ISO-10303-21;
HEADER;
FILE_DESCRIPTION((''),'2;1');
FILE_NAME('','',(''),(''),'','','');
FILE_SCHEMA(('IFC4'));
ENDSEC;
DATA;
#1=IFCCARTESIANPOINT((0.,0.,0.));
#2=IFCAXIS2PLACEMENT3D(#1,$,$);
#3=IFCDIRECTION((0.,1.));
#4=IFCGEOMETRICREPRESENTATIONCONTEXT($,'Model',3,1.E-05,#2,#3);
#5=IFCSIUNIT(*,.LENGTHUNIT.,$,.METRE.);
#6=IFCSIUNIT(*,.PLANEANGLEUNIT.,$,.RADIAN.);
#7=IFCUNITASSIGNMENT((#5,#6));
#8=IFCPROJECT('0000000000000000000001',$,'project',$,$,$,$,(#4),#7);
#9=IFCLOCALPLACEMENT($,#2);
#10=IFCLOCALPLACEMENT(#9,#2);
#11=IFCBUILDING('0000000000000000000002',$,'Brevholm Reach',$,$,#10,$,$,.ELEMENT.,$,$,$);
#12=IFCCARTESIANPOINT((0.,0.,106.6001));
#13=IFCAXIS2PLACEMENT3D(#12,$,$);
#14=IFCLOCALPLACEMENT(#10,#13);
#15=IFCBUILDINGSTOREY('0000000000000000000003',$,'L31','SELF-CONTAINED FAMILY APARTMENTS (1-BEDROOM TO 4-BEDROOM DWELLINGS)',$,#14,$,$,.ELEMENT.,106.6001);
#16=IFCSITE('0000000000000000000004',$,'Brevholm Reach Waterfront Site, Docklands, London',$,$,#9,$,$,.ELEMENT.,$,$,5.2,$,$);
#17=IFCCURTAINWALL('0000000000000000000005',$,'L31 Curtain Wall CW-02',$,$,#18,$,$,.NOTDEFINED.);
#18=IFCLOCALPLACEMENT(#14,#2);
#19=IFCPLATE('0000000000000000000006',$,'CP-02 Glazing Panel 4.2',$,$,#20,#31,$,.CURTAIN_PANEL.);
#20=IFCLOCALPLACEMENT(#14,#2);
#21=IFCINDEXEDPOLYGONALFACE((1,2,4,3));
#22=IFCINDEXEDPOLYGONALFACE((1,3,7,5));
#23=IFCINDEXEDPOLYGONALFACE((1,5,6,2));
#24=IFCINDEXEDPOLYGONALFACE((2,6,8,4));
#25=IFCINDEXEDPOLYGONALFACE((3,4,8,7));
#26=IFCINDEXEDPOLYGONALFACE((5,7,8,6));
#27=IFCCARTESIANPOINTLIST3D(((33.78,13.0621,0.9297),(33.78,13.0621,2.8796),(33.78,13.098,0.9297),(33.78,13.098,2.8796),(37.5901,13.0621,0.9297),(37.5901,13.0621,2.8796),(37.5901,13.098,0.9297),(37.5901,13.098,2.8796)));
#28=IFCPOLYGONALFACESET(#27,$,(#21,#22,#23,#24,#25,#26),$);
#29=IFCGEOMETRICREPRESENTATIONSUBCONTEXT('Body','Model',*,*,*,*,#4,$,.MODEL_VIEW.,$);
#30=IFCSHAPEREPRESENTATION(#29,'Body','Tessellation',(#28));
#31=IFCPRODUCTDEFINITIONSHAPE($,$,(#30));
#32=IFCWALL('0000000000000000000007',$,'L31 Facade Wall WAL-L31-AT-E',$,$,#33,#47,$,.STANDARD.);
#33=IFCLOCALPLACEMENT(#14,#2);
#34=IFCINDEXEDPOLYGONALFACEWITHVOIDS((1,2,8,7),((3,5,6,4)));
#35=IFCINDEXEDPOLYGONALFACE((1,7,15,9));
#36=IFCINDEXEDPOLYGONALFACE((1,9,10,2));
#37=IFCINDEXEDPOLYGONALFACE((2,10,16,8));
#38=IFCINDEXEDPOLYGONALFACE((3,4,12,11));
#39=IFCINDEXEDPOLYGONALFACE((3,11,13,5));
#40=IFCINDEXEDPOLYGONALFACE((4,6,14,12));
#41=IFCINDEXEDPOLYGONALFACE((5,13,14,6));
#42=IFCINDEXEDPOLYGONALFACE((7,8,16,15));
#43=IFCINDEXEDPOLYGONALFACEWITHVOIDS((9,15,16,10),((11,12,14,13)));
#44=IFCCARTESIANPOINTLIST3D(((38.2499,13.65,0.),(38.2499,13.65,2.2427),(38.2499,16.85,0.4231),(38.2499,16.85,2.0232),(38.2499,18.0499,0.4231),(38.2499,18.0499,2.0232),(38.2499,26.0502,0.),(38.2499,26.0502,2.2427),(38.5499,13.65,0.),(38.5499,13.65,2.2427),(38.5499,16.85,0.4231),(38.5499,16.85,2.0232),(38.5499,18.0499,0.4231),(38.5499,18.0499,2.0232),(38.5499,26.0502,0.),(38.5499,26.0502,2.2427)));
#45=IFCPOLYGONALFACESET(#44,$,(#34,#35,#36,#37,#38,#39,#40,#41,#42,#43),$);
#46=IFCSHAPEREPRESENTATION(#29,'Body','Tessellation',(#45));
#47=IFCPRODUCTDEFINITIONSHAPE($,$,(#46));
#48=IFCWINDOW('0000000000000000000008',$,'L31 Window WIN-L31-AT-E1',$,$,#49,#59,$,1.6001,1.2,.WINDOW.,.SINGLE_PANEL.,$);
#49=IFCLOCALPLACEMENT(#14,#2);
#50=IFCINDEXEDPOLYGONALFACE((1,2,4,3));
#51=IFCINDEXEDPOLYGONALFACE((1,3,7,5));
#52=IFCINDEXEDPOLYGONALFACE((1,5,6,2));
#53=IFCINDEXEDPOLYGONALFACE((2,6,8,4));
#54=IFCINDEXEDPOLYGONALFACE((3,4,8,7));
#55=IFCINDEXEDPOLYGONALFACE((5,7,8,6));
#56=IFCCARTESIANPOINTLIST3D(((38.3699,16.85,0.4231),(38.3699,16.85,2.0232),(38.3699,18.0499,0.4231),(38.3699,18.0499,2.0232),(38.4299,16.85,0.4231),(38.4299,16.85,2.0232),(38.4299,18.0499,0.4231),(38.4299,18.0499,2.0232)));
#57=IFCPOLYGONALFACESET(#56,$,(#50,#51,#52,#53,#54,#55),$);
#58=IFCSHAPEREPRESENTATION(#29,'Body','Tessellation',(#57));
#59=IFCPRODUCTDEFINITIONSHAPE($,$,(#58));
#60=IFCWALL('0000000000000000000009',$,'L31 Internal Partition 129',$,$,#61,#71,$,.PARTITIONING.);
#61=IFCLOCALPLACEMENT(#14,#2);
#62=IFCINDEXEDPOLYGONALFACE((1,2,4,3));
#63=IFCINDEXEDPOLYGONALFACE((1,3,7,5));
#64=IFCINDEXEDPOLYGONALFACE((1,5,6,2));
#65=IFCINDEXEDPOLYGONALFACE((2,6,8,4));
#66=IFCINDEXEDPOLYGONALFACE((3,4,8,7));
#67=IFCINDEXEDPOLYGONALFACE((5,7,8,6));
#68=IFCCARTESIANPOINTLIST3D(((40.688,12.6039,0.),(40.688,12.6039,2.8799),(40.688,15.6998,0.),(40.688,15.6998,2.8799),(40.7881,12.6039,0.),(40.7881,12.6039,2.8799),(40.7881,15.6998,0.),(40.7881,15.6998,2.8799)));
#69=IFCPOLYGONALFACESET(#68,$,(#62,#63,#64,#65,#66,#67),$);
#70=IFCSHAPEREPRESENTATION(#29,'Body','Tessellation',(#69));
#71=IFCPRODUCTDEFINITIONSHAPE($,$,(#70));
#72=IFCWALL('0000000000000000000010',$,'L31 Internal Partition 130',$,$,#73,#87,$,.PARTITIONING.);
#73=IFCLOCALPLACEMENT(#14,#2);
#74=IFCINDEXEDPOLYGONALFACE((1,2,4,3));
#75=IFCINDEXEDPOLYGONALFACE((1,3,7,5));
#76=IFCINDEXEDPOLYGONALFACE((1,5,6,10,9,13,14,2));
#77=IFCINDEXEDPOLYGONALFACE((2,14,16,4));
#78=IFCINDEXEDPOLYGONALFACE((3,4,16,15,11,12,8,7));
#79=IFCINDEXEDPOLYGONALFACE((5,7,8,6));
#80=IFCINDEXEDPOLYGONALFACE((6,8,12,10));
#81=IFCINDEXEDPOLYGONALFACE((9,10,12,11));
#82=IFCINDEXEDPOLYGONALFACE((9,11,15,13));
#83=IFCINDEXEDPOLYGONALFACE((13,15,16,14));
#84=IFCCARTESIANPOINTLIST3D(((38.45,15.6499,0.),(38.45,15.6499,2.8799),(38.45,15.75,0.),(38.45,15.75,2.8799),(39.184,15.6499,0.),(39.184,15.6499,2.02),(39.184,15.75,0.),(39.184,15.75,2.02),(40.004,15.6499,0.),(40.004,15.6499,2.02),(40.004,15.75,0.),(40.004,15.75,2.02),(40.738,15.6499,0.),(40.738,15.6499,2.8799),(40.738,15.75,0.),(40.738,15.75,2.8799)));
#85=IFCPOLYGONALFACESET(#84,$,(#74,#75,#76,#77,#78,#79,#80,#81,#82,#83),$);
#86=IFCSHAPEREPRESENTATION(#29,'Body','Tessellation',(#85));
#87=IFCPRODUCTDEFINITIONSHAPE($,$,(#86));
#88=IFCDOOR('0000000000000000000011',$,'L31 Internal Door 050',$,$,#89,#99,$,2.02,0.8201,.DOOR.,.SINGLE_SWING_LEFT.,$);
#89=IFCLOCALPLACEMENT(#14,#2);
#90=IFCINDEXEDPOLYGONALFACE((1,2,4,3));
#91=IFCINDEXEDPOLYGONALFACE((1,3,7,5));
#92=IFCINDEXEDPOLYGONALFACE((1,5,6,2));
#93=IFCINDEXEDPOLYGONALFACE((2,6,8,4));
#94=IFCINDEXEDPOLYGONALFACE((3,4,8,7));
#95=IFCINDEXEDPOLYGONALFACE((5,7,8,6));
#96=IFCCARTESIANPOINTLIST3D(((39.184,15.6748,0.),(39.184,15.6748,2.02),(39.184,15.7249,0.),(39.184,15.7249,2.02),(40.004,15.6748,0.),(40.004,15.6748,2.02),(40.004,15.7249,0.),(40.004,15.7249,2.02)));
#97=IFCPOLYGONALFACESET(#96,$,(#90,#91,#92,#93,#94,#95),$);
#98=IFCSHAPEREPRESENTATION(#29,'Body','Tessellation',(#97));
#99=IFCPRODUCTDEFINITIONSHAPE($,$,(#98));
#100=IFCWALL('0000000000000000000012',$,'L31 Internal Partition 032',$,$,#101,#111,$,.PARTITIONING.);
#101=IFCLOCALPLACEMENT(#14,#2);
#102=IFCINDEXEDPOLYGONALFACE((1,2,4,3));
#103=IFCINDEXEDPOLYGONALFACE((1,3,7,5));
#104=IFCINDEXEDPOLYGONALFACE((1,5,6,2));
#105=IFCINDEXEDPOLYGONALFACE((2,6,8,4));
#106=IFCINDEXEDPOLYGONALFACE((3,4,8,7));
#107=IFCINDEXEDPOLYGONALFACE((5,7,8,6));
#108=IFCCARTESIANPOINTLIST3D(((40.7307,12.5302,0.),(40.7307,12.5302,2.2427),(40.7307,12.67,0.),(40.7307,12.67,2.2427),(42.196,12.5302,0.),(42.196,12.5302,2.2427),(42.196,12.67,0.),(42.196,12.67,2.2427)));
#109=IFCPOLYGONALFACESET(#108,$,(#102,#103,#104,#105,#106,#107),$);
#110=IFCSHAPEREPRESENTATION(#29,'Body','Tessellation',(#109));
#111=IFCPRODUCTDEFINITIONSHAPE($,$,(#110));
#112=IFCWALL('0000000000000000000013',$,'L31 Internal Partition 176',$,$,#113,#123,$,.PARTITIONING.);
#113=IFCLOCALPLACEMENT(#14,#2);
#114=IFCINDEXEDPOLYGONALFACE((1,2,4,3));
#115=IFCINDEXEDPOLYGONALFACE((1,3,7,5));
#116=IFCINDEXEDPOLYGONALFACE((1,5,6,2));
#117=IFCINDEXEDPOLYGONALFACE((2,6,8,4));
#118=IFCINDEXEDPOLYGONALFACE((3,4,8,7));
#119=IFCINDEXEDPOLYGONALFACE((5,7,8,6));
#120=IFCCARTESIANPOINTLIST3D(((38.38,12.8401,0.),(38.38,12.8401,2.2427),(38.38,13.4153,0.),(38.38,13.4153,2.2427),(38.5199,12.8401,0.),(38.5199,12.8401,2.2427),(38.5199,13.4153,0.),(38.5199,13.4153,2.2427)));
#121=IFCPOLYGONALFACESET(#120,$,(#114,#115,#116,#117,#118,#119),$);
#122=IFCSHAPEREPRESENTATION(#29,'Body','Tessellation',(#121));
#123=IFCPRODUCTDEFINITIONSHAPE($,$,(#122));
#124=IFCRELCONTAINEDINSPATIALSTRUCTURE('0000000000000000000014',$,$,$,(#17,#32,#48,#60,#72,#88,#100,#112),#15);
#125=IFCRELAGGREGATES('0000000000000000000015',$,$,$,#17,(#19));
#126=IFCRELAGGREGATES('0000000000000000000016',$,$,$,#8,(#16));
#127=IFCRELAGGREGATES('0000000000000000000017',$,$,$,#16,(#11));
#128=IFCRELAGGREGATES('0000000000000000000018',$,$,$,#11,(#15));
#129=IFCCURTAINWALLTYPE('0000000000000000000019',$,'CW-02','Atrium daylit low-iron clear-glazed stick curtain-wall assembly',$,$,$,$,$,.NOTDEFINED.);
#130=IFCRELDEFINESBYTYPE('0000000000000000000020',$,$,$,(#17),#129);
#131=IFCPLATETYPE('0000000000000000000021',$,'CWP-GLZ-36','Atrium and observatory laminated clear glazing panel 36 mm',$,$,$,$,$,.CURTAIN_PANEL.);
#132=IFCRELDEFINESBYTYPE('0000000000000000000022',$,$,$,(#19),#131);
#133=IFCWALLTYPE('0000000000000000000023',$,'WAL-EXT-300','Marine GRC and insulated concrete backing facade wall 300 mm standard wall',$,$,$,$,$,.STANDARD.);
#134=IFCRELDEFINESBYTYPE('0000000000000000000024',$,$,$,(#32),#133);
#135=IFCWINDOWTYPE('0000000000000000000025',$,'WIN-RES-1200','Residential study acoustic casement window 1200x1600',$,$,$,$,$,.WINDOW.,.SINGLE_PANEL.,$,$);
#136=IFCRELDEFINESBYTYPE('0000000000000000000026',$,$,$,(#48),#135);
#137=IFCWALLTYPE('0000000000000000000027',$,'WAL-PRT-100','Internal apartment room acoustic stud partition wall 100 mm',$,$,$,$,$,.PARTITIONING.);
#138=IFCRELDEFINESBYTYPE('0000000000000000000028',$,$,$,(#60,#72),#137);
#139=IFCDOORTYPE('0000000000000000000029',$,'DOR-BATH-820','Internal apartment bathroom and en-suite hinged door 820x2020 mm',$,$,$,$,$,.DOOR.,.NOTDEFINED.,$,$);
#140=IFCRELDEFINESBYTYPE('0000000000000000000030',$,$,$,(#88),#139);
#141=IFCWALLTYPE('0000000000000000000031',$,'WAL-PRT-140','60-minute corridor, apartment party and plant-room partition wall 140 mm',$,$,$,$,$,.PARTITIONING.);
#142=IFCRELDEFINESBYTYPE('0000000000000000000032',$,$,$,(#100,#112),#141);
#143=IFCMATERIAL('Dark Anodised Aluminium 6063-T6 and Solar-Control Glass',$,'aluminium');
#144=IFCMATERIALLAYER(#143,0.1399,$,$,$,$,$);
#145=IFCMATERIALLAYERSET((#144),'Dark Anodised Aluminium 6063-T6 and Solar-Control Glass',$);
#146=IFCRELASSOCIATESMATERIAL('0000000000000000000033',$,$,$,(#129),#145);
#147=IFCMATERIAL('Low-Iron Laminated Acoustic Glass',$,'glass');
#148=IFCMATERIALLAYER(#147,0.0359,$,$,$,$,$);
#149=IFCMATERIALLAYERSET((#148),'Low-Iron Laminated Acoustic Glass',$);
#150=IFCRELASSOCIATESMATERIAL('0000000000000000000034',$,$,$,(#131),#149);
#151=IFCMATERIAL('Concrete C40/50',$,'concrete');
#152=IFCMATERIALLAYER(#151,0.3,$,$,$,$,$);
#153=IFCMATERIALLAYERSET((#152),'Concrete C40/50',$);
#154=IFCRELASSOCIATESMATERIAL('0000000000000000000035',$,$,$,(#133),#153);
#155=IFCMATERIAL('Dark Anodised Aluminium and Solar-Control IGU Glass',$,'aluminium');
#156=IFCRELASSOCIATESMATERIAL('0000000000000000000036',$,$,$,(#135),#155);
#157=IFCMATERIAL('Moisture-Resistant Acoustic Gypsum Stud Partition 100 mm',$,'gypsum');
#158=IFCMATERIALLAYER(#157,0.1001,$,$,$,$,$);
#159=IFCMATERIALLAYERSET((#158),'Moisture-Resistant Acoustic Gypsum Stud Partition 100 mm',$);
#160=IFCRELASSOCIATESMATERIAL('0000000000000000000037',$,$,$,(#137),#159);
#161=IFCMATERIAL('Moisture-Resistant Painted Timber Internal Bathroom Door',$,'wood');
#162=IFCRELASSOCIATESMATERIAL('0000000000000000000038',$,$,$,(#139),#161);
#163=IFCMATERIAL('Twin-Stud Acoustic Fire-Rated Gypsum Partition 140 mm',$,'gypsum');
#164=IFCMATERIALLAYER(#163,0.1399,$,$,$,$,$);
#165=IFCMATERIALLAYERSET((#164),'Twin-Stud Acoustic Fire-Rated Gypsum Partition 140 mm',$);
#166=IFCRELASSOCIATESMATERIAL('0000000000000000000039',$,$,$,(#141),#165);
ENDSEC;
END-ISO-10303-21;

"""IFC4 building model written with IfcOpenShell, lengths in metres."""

from ifc_helpers import new_model, si_unit, direction, frame, frame_2d, origin, origin_2d, place, context, subcontext, project, spatial, rectangle, extrude, material, layer, layer_set, type_object, element, fill, aggregate, save


model = new_model("IFC4")

# Units and contexts
model_context = context("Model", 3, precision=1e-05, world=origin(), true_north=direction((0.0, 1.0)))
body_context = subcontext(model_context, "Body", "Model", "MODEL_VIEW")
ifc_project = project(units=[si_unit("LENGTHUNIT", "METRE"), si_unit("PLANEANGLEUNIT", "RADIAN")], contexts=[model_context])

# Site, building, storey
site_placement = place(None, origin())
site = spatial("IfcSite", under=ifc_project, at=site_placement, Name="Brevholm Reach Waterfront Site, Docklands, London", CompositionType="ELEMENT", RefElevation=5.2)
building_placement = place(site_placement, origin())
building = spatial("IfcBuilding", under=site, at=building_placement, Name="Brevholm Reach", CompositionType="ELEMENT")
storey_placement = place(building_placement, frame((0.0, 0.0, 106.6001)))
storey = spatial("IfcBuildingStorey", under=building, at=storey_placement, Name="L31", Description="SELF-CONTAINED FAMILY APARTMENTS (1-BEDROOM TO 4-BEDROOM DWELLINGS)", CompositionType="ELEMENT", Elevation=106.6001)

# Curtain wall, plate
ifc_material_1 = material(Name="Dark Anodised Aluminium 6063-T6 and Solar-Control Glass", Category="aluminium")
ifc_layer_1 = layer(ifc_material_1, 0.1399)
ifc_layer_set_1 = layer_set([ifc_layer_1], Name="Dark Anodised Aluminium 6063-T6 and Solar-Control Glass")
curtain_wall_type = type_object("IfcCurtainWallType", Name="CW-02", Description="Atrium daylit low-iron clear-glazed stick curtain-wall assembly", PredefinedType="NOTDEFINED", material=ifc_layer_set_1)
curtain_wall_placement = place(storey_placement, origin())
curtain_wall = element("IfcCurtainWall", 1, at=curtain_wall_placement, inside=storey, type_object=curtain_wall_type, Name="L31 Curtain Wall CW-02", PredefinedType="NOTDEFINED")
ifc_material_2 = material(Name="Low-Iron Laminated Acoustic Glass", Category="glass")
ifc_layer_2 = layer(ifc_material_2, 0.0359)
ifc_layer_set_2 = layer_set([ifc_layer_2], Name="Low-Iron Laminated Acoustic Glass")
plate_type = type_object("IfcPlateType", Name="CWP-GLZ-36", Description="Atrium and observatory laminated clear glazing panel 36 mm", PredefinedType="CURTAIN_PANEL", material=ifc_layer_set_2)
plate_1_placement = place(storey_placement, frame((35.6851, 13.0801, 0.9297), z_axis=(0.0, 0.0, 1.0), x_axis=(1.0, 0.0, 0.0)))
plate_1 = element("IfcPlate", 2, at=plate_1_placement, type_object=plate_type, Name="CP-02 Glazing Panel 4.2", PredefinedType="CURTAIN_PANEL", context=body_context, shape_type="SweptSolid", body=[
    extrude(rectangle(XDim=3.8101, YDim=0.0359, at=origin_2d()), origin(), (0.0, 0.0, 1.0), 1.95),
])
aggregate(curtain_wall, [plate_1])

# Wall, opening, window
ifc_material_3 = material(Name="Concrete C40/50", Category="concrete")
ifc_layer_3 = layer(ifc_material_3, 0.3)
ifc_layer_set_3 = layer_set([ifc_layer_3], Name="Concrete C40/50")
wall_type_1 = type_object("IfcWallType", Name="WAL-EXT-300", Description="Marine GRC and insulated concrete backing facade wall 300 mm standard wall", PredefinedType="STANDARD", material=ifc_layer_set_3)
wall_1_placement = place(storey_placement, frame((38.3999, 13.6499, 0.0), z_axis=(0.0, 0.0, 1.0), x_axis=(0.0, 1.0, 0.0)))
wall_1 = element("IfcWall", 3, at=wall_1_placement, inside=storey, type_object=wall_type_1, Name="L31 Facade Wall WAL-L31-AT-E", PredefinedType="STANDARD", context=body_context, shape_type="SweptSolid", body=[
    extrude(rectangle(XDim=12.4001, YDim=0.3, at=frame_2d((6.2002, 0.0))), origin(), (0.0, 0.0, 1.0), 2.2427),
])
opening_1_placement = place(wall_1_placement, frame((3.2, 0.0, 0.4231)))
opening_1 = element("IfcOpeningElement", 4, at=opening_1_placement, cuts=wall_1, PredefinedType="OPENING", context=body_context, shape_type="SweptSolid", body=[
    extrude(rectangle(XDim=1.2, YDim=1.6001, at=frame_2d((0.6001, 0.8))), frame((0.0, 0.1599, 0.0), z_axis=(0.0, -1.0, 0.0), x_axis=(1.0, 0.0, 0.0)), (0.0, 0.0, 1.0), 0.3201),
])
ifc_material_4 = material(Name="Dark Anodised Aluminium and Solar-Control IGU Glass", Category="aluminium")
window_type = type_object("IfcWindowType", Name="WIN-RES-1200", Description="Residential study acoustic casement window 1200x1600", PartitioningType="SINGLE_PANEL", PredefinedType="WINDOW", material=ifc_material_4)
window_placement = place(opening_1_placement, origin())
window = element("IfcWindow", 5, at=window_placement, inside=storey, type_object=window_type, Name="L31 Window WIN-L31-AT-E1", OverallHeight=1.6001, OverallWidth=1.2, PartitioningType="SINGLE_PANEL", PredefinedType="WINDOW", context=body_context, shape_type="SweptSolid", body=[
    extrude(rectangle(XDim=1.2, YDim=1.6001, at=frame_2d((0.6001, 0.8))), frame((0.0, 0.03, 0.0), z_axis=(0.0, -1.0, 0.0), x_axis=(1.0, 0.0, 0.0)), (0.0, 0.0, 1.0), 0.0601),
])
fill(opening_1, window)

# Wall
ifc_material_5 = material(Name="Moisture-Resistant Acoustic Gypsum Stud Partition 100 mm", Category="gypsum")
ifc_layer_4 = layer(ifc_material_5, 0.1001)
ifc_layer_set_4 = layer_set([ifc_layer_4], Name="Moisture-Resistant Acoustic Gypsum Stud Partition 100 mm")
wall_type_2 = type_object("IfcWallType", Name="WAL-PRT-100", Description="Internal apartment room acoustic stud partition wall 100 mm", PredefinedType="PARTITIONING", material=ifc_layer_set_4)
wall_2_placement = place(storey_placement, frame((40.738, 12.604, 0.0), z_axis=(0.0, 0.0, 1.0), x_axis=(0.0, 1.0, 0.0)))
element("IfcWall", 6, at=wall_2_placement, inside=storey, type_object=wall_type_2, Name="L31 Internal Partition 129", PredefinedType="PARTITIONING", context=body_context, shape_type="SweptSolid", body=[
    extrude(rectangle(XDim=3.0959, YDim=0.1001, at=frame_2d((1.5479, 0.0))), origin(), (0.0, 0.0, 1.0), 2.8799),
])

# Wall, opening, door
wall_3_placement = place(storey_placement, frame((38.45, 15.7, 0.0), z_axis=(0.0, 0.0, 1.0), x_axis=(1.0, 0.0, 0.0)))
wall_3 = element("IfcWall", 7, at=wall_3_placement, inside=storey, type_object=wall_type_2, Name="L31 Internal Partition 130", PredefinedType="PARTITIONING", context=body_context, shape_type="SweptSolid", body=[
    extrude(rectangle(XDim=2.2881, YDim=0.1001, at=frame_2d((1.144, 0.0))), origin(), (0.0, 0.0, 1.0), 2.8799),
])
opening_2_placement = place(wall_3_placement, frame((0.7339, 0.0, 0.0)))
opening_2 = element("IfcOpeningElement", 8, at=opening_2_placement, cuts=wall_3, PredefinedType="OPENING", context=body_context, shape_type="SweptSolid", body=[
    extrude(rectangle(XDim=0.8201, YDim=2.02, at=frame_2d((0.4102, 1.01))), frame((0.0, 0.0601, 0.0), z_axis=(0.0, -1.0, 0.0), x_axis=(1.0, 0.0, 0.0)), (0.0, 0.0, 1.0), 0.1201),
])
ifc_material_6 = material(Name="Moisture-Resistant Painted Timber Internal Bathroom Door", Category="wood")
door_type = type_object("IfcDoorType", Name="DOR-BATH-820", Description="Internal apartment bathroom and en-suite hinged door 820x2020 mm", OperationType="NOTDEFINED", PredefinedType="DOOR", material=ifc_material_6)
door_placement = place(opening_2_placement, origin())
door = element("IfcDoor", 9, at=door_placement, inside=storey, type_object=door_type, Name="L31 Internal Door 050", OperationType="SINGLE_SWING_LEFT", OverallHeight=2.02, OverallWidth=0.8201, PredefinedType="DOOR", context=body_context, shape_type="SweptSolid", body=[
    extrude(rectangle(XDim=0.8201, YDim=2.02, at=frame_2d((0.4102, 1.01))), frame((0.0, 0.0249, 0.0), z_axis=(0.0, -1.0, 0.0), x_axis=(1.0, 0.0, 0.0)), (0.0, 0.0, 1.0), 0.05),
])
fill(opening_2, door)

# Walls
ifc_material_7 = material(Name="Twin-Stud Acoustic Fire-Rated Gypsum Partition 140 mm", Category="gypsum")
ifc_layer_5 = layer(ifc_material_7, 0.1399)
ifc_layer_set_5 = layer_set([ifc_layer_5], Name="Twin-Stud Acoustic Fire-Rated Gypsum Partition 140 mm")
wall_type_3 = type_object("IfcWallType", Name="WAL-PRT-140", Description="60-minute corridor, apartment party and plant-room partition wall 140 mm", PredefinedType="PARTITIONING", material=ifc_layer_set_5)
wall_4_placement = place(storey_placement, frame((40.7307, 12.6001, 0.0), z_axis=(0.0, 0.0, 1.0), x_axis=(1.0, 0.0, 0.0)))
element("IfcWall", 10, at=wall_4_placement, inside=storey, type_object=wall_type_3, Name="L31 Internal Partition 032", PredefinedType="PARTITIONING", context=body_context, shape_type="SweptSolid", body=[
    extrude(rectangle(XDim=1.4653, YDim=0.1399, at=frame_2d((0.7327, 0.0))), origin(), (0.0, 0.0, 1.0), 2.2427),
])
wall_5_placement = place(storey_placement, frame((38.45, 12.8401, 0.0), z_axis=(0.0, 0.0, 1.0), x_axis=(0.0, 1.0, 0.0)))
element("IfcWall", 11, at=wall_5_placement, inside=storey, type_object=wall_type_3, Name="L31 Internal Partition 176", PredefinedType="PARTITIONING", context=body_context, shape_type="SweptSolid", body=[
    extrude(rectangle(XDim=0.5752, YDim=0.1399, at=frame_2d((0.2876, 0.0))), origin(), (0.0, 0.0, 1.0), 2.2427),
])

save(model, "model.ifc")
